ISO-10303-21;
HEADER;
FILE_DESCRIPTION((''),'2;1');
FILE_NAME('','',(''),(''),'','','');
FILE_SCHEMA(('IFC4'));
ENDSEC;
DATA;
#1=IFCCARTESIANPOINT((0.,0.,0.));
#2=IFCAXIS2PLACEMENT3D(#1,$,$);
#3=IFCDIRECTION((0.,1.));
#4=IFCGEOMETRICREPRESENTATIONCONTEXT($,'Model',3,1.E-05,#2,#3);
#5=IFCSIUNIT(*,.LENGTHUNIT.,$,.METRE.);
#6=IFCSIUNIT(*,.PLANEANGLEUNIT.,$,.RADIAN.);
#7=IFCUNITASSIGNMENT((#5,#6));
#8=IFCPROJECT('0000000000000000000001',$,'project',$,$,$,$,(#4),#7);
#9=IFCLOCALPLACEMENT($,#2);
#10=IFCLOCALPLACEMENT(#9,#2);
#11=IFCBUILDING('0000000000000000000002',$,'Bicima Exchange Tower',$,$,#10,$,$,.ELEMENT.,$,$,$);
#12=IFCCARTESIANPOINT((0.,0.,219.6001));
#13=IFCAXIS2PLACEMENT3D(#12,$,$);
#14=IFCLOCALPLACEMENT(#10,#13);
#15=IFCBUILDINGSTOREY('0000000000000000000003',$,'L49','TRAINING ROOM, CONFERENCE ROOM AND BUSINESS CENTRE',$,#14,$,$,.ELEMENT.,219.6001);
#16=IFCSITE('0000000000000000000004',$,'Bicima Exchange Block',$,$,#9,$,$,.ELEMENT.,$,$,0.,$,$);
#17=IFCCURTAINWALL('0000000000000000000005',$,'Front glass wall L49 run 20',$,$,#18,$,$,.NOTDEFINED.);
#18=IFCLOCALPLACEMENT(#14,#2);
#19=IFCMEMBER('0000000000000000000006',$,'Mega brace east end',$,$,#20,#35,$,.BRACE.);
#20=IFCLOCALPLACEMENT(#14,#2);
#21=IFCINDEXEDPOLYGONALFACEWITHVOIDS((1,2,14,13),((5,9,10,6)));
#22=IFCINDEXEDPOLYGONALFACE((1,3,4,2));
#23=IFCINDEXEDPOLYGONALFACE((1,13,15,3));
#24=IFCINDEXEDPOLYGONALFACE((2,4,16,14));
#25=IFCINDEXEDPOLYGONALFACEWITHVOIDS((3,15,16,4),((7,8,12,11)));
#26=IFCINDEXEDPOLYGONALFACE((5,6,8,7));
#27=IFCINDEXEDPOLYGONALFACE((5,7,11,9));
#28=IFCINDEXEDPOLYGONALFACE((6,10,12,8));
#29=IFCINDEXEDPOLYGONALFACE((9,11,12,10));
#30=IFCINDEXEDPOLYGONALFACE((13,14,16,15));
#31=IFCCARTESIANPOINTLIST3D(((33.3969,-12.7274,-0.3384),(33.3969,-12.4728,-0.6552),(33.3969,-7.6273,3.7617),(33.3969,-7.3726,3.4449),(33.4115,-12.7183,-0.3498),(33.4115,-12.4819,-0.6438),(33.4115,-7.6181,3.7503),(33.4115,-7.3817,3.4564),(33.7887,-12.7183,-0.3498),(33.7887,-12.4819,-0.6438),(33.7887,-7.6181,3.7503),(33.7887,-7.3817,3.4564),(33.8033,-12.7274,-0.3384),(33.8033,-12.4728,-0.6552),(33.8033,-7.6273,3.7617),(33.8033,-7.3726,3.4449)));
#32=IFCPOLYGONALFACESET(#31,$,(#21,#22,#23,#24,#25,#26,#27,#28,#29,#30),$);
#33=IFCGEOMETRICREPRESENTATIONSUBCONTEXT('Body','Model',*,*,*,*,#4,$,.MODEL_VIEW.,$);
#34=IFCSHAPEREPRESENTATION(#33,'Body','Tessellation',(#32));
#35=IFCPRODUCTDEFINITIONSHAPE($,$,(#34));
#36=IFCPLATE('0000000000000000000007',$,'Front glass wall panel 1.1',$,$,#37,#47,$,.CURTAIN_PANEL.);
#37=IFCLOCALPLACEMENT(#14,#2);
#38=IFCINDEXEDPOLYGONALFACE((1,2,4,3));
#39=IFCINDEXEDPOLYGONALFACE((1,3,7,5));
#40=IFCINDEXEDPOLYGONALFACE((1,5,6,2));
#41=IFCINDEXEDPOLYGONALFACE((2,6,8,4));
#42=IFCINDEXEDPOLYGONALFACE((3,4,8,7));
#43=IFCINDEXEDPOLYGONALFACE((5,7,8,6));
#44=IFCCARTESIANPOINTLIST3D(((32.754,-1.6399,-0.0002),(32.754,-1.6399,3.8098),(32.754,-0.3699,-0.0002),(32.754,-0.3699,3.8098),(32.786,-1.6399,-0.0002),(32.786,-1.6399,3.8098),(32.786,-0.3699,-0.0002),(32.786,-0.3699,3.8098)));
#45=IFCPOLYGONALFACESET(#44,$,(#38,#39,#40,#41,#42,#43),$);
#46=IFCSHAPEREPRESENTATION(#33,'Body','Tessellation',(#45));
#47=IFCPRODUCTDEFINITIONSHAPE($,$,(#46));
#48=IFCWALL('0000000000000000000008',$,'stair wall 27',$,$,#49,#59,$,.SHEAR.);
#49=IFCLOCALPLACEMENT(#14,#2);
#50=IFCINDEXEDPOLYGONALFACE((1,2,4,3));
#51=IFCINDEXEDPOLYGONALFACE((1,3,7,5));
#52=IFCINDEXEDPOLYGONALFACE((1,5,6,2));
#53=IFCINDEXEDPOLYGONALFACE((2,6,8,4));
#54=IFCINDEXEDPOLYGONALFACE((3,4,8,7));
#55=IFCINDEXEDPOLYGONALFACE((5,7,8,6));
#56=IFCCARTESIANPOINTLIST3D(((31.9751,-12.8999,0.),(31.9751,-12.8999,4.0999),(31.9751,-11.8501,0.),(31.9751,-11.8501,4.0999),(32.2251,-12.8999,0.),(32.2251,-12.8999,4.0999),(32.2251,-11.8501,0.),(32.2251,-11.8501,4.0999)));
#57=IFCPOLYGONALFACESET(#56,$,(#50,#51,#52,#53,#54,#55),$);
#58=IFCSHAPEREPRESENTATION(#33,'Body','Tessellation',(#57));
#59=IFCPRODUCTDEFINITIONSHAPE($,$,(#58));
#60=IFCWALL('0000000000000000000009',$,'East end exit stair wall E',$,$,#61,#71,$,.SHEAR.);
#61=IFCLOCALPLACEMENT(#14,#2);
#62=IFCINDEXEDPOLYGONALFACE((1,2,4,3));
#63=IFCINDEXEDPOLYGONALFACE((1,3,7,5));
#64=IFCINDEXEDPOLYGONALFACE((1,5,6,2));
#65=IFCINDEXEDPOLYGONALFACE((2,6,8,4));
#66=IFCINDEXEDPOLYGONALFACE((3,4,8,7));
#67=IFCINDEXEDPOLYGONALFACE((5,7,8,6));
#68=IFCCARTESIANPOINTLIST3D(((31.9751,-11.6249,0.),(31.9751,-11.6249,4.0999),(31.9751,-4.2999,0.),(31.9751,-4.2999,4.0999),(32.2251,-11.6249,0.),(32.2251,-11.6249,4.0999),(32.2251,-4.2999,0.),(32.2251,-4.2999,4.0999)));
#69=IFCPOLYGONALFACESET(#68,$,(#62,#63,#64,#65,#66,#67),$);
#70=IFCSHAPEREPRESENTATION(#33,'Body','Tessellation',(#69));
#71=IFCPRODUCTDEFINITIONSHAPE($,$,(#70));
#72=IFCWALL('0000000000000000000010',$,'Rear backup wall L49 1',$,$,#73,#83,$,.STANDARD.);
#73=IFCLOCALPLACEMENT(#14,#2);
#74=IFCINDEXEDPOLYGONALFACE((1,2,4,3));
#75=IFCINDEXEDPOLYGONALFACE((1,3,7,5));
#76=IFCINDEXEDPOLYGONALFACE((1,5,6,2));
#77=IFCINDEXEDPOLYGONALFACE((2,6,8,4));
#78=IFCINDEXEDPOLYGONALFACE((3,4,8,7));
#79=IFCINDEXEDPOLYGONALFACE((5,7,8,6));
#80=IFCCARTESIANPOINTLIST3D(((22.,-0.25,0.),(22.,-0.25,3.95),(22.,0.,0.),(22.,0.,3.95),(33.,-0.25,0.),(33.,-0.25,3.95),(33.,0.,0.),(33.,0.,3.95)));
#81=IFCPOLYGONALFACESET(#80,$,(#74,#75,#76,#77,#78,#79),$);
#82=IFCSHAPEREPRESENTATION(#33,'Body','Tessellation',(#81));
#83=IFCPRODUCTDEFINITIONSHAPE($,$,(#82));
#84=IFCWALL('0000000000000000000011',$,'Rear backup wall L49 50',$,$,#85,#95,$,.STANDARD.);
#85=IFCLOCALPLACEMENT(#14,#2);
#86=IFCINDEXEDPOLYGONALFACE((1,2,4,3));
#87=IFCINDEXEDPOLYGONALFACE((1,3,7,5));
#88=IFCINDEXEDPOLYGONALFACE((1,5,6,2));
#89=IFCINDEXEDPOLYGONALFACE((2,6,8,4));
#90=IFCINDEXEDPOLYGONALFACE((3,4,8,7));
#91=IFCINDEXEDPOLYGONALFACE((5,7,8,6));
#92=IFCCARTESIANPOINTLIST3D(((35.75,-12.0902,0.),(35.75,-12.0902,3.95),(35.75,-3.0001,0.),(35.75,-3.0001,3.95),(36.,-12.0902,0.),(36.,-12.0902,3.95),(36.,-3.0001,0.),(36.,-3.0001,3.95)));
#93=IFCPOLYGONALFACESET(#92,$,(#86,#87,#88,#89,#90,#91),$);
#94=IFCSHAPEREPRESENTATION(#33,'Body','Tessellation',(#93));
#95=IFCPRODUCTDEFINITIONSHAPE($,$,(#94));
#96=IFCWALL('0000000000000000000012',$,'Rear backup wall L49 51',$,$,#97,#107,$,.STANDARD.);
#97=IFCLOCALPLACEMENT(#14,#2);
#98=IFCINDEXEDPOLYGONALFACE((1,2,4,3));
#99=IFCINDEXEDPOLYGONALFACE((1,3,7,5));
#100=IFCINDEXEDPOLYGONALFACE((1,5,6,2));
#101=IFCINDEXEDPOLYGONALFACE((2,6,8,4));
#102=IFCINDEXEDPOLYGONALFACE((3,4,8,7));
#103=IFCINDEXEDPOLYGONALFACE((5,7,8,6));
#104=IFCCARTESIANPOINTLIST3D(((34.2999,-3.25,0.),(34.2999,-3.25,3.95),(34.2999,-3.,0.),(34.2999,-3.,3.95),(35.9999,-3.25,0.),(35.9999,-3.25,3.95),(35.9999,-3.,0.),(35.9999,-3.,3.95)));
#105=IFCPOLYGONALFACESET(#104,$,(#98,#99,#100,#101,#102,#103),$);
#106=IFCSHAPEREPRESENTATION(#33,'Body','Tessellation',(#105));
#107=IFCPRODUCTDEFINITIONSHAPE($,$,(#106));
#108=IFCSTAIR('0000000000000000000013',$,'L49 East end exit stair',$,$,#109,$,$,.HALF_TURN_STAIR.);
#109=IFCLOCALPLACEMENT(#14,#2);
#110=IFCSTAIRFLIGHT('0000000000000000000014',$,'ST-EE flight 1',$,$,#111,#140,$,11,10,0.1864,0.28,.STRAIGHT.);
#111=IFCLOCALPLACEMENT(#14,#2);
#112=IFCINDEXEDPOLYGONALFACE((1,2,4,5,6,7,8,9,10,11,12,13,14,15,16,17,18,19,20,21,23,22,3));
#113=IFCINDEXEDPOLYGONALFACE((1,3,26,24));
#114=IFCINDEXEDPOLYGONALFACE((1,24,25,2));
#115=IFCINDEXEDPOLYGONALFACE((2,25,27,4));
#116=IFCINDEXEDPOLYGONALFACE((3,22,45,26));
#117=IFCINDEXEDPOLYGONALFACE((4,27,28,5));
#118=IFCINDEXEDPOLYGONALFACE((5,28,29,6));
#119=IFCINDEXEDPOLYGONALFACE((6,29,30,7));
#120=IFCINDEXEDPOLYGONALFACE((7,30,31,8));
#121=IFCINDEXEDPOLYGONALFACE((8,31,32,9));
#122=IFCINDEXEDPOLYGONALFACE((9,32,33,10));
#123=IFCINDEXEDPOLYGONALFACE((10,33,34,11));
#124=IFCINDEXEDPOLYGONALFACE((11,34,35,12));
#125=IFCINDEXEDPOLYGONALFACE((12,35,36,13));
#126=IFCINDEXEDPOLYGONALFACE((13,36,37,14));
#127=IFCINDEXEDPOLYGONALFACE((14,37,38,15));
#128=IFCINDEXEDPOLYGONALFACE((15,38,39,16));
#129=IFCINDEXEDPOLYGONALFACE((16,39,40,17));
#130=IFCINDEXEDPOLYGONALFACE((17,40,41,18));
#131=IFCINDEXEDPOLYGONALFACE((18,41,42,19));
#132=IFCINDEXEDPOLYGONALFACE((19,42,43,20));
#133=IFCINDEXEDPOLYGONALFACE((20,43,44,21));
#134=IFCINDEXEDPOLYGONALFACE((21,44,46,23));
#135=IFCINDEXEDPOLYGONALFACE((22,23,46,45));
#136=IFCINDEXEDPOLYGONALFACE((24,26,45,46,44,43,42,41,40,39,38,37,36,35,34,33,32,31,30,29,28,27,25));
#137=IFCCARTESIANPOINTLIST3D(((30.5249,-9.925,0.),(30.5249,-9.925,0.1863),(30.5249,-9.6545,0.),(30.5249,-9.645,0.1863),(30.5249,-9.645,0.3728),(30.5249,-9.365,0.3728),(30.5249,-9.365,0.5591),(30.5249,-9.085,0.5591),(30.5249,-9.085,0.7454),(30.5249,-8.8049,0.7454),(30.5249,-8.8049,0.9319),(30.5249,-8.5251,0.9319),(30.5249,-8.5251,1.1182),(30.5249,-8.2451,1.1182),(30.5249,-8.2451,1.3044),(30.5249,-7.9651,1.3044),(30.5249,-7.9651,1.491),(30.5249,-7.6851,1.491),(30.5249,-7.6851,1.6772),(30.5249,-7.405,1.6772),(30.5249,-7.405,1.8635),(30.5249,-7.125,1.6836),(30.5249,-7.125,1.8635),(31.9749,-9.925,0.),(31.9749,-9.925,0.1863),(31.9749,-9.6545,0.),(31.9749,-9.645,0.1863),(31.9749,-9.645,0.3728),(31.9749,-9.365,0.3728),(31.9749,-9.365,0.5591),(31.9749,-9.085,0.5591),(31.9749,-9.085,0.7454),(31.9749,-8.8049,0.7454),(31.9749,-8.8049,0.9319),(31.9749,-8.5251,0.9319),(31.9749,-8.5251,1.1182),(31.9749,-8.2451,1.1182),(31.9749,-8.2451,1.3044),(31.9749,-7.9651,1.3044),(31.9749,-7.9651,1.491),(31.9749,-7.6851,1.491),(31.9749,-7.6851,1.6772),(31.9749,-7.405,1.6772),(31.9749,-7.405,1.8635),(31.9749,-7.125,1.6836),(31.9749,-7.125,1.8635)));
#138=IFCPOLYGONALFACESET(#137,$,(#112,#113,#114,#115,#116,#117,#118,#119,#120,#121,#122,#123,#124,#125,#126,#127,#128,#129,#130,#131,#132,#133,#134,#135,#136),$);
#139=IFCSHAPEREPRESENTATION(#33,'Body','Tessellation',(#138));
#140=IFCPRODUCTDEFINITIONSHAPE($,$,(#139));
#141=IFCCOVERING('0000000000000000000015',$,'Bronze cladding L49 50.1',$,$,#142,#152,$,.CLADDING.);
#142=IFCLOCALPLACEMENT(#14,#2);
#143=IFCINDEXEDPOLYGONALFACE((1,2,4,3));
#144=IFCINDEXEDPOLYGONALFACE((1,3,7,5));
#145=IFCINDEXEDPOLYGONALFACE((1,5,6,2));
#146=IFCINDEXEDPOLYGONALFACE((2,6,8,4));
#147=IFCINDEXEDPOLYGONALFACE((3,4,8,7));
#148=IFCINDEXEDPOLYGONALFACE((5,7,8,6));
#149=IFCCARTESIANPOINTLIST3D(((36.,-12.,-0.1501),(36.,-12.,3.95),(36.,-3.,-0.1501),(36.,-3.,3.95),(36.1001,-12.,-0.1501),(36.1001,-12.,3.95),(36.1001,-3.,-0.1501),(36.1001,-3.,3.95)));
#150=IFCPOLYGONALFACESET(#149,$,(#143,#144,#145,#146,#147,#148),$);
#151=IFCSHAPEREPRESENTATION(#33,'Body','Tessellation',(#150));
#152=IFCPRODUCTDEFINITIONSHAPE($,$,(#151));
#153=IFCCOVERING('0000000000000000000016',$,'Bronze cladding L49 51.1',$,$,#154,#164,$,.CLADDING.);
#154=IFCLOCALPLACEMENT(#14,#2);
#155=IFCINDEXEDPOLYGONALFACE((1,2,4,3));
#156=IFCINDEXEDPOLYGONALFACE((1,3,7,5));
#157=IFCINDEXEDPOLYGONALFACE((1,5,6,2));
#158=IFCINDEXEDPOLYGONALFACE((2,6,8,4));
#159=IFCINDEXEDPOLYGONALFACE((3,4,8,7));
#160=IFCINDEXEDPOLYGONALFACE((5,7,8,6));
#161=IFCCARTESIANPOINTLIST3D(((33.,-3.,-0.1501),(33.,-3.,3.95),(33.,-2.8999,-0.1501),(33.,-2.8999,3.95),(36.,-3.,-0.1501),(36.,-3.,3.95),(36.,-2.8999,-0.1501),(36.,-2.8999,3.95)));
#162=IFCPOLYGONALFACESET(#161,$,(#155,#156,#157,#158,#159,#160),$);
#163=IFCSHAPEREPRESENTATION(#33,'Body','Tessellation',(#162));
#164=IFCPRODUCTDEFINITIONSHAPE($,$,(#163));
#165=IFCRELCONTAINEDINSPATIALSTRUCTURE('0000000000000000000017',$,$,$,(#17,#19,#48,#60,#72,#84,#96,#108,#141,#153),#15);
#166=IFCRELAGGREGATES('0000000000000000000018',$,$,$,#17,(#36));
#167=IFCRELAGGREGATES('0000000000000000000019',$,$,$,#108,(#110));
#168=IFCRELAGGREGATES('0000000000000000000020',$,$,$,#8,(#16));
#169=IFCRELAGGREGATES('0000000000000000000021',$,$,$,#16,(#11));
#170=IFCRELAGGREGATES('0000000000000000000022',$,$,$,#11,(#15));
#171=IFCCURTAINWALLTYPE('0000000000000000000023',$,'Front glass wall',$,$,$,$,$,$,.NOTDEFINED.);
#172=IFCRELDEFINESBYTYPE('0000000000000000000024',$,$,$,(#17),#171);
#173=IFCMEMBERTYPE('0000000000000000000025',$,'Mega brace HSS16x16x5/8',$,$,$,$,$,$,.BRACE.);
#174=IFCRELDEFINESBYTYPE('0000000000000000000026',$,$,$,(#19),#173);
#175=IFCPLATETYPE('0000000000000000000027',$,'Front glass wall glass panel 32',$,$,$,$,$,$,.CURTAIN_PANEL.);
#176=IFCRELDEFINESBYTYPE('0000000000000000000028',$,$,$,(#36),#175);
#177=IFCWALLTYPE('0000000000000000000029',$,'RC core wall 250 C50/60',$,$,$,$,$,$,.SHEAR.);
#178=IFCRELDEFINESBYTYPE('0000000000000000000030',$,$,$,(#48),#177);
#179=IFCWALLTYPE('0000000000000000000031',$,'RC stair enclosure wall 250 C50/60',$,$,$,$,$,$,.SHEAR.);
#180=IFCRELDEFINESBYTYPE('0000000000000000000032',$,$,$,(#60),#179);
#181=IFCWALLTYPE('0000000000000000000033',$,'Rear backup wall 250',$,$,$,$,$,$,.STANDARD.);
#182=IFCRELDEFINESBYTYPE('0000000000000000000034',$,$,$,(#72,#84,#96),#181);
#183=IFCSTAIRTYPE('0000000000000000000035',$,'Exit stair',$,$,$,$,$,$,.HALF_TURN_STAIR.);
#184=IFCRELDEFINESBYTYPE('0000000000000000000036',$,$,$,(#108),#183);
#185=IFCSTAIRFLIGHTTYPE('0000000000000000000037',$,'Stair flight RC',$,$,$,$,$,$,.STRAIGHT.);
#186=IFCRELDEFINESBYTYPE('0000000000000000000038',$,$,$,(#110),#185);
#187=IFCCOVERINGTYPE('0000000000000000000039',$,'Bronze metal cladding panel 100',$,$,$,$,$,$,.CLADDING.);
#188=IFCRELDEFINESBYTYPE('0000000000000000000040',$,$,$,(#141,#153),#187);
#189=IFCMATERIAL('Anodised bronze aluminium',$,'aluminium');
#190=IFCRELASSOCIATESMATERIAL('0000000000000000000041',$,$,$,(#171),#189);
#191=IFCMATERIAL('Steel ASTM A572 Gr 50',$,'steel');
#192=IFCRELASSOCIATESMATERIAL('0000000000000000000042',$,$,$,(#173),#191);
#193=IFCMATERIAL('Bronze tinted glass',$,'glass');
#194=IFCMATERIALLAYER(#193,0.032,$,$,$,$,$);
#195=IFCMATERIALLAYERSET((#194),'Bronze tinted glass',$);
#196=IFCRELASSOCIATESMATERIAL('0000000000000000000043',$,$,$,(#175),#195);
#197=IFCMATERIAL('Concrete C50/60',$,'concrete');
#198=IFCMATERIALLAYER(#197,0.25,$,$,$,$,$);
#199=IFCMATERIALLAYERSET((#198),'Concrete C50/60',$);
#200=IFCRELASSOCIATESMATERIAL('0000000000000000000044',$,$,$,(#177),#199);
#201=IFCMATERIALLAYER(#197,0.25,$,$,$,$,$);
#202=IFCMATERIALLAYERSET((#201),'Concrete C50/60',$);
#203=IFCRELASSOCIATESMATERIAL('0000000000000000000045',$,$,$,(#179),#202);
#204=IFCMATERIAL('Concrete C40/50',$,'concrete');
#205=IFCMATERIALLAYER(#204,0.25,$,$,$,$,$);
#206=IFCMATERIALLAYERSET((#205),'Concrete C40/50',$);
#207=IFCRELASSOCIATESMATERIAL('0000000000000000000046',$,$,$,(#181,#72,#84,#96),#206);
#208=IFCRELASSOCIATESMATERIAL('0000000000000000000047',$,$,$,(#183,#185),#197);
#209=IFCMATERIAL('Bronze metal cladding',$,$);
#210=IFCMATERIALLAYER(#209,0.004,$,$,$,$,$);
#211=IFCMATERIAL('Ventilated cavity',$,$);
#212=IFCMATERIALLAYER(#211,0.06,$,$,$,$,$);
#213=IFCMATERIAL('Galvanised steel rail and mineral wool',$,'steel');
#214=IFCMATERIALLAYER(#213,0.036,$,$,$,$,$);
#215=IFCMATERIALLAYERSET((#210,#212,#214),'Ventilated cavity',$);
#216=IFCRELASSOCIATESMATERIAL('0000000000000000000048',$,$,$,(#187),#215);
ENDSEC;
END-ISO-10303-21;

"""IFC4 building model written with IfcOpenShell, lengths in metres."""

from ifc_helpers import new_model, si_unit, direction, frame, frame_2d, origin, origin_2d, place, context, subcontext, project, spatial, polyline, rectangle, hollow_rectangle, outline, extrude, material, layer, layer_set, layer_usage, material_profile, profile_set, type_object, element, aggregate, save


model = new_model("IFC4")

# Units and contexts
model_context = context("Model", 3, precision=1e-05, world=origin(), true_north=direction((0.0, 1.0)))
body_context = subcontext(model_context, "Body", "Model", "MODEL_VIEW")
ifc_project = project(units=[si_unit("LENGTHUNIT", "METRE"), si_unit("PLANEANGLEUNIT", "RADIAN")], contexts=[model_context])

# Site, building, storey
site_placement = place(None, origin())
site = spatial("IfcSite", under=ifc_project, at=site_placement, Name="Bicima Exchange Block", CompositionType="ELEMENT", RefElevation=0.0)
building_placement = place(site_placement, origin())
building = spatial("IfcBuilding", under=site, at=building_placement, Name="Bicima Exchange Tower", CompositionType="ELEMENT")
storey_placement = place(building_placement, frame((0.0, 0.0, 219.6001)))
storey = spatial("IfcBuildingStorey", under=building, at=storey_placement, Name="L49", Description="TRAINING ROOM, CONFERENCE ROOM AND BUSINESS CENTRE", CompositionType="ELEMENT", Elevation=219.6001)

# Shared definitions
ifc_material_1 = material(Name="Steel ASTM A572 Gr 50", Category="steel")

# Shared definitions
ifc_material_2 = material(Name="Anodised bronze aluminium", Category="aluminium")

# Curtain wall
curtain_wall_type_1 = type_object("IfcCurtainWallType", Name="Front glass wall", PredefinedType="NOTDEFINED", material=ifc_material_2)
curtain_wall_1_placement = place(storey_placement, origin())
curtain_wall_1 = element("IfcCurtainWall", 1, at=curtain_wall_1_placement, inside=storey, type_object=curtain_wall_type_1, Name="Front glass wall L49 run 20", PredefinedType="NOTDEFINED")

# Member
ifc_material_profile_1 = material_profile(ifc_material_1, hollow_rectangle(XDim=0.4065, YDim=0.4065, WallThickness=0.0146, at=origin_2d()))
ifc_profile_set_1 = profile_set([ifc_material_profile_1], Name="Steel ASTM A572 Gr 50")
member_type_1 = type_object("IfcMemberType", Name="Mega brace HSS16x16x5/8", PredefinedType="BRACE", material=ifc_profile_set_1)
for number, where, z_axis, x_axis, name in (
    (2, (33.6001, -12.6001, -0.4968), (0.0, 0.779374, 0.626559), (-1.0, 0.0, 0.0), "Mega brace east end"),
):
    element("IfcMember", number, at=place(storey_placement, frame(where, z_axis=z_axis, x_axis=x_axis)), inside=storey, type_object=member_type_1, Name=name, PredefinedType="BRACE", context=body_context, shape_type="SweptSolid", body=[
        extrude(hollow_rectangle(XDim=0.4065, YDim=0.4065, WallThickness=0.0146, at=origin_2d()), origin(), (0.0, 0.0, 1.0), 6.5439),
    ])

# Plate
ifc_material_3 = material(Name="Bronze tinted glass", Category="glass")
ifc_layer_1 = layer(ifc_material_3, 0.032)
ifc_layer_set_1 = layer_set([ifc_layer_1], Name="Bronze tinted glass")
plate_type = type_object("IfcPlateType", Name="Front glass wall glass panel 32", PredefinedType="CURTAIN_PANEL", material=ifc_layer_set_1)
plate_placement = place(storey_placement, frame((32.77, -1.0049, -0.0002), z_axis=(0.0, 0.0, 1.0), x_axis=(0.0, 1.0, 0.0)))
plate = element("IfcPlate", 3, at=plate_placement, type_object=plate_type, Name="Front glass wall panel 1.1", PredefinedType="CURTAIN_PANEL", context=body_context, shape_type="SweptSolid", body=[
    extrude(rectangle(XDim=1.27, YDim=0.032, at=origin_2d()), origin(), (0.0, 0.0, 1.0), 3.8101),
])
aggregate(curtain_wall_1, [plate])

# Walls
ifc_material_4 = material(Name="Concrete C50/60", Category="concrete")
ifc_layer_2 = layer(ifc_material_4, 0.25)
ifc_layer_set_2 = layer_set([ifc_layer_2], Name="Concrete C50/60")
wall_type_1 = type_object("IfcWallType", Name="RC core wall 250 C50/60", PredefinedType="SHEAR", material=ifc_layer_set_2)
wall_1_placement = place(storey_placement, frame((32.1001, -12.8999, 0.0), z_axis=(0.0, 0.0, 1.0), x_axis=(0.0, 1.0, 0.0)))
element("IfcWall", 4, at=wall_1_placement, inside=storey, type_object=wall_type_1, Name="stair wall 27", PredefinedType="SHEAR", context=body_context, shape_type="SweptSolid", body=[
    extrude(rectangle(XDim=1.0498, YDim=0.25, at=frame_2d((0.5249, 0.0))), origin(), (0.0, 0.0, 1.0), 4.0999),
])
ifc_layer_3 = layer(ifc_material_4, 0.25)
ifc_layer_set_3 = layer_set([ifc_layer_3], Name="Concrete C50/60")
wall_type_2 = type_object("IfcWallType", Name="RC stair enclosure wall 250 C50/60", PredefinedType="SHEAR", material=ifc_layer_set_3)
wall_2_placement = place(storey_placement, frame((32.1001, -11.625, 0.0), z_axis=(0.0, 0.0, 1.0), x_axis=(0.0, 1.0, 0.0)))
element("IfcWall", 5, at=wall_2_placement, inside=storey, type_object=wall_type_2, Name="East end exit stair wall E", PredefinedType="SHEAR", context=body_context, shape_type="SweptSolid", body=[
    extrude(rectangle(XDim=7.325, YDim=0.25, at=frame_2d((3.6626, 0.0))), origin(), (0.0, 0.0, 1.0), 4.0999),
])
ifc_material_5 = material(Name="Concrete C40/50", Category="concrete")
ifc_layer_4 = layer(ifc_material_5, 0.25)
ifc_layer_set_4 = layer_set([ifc_layer_4], Name="Concrete C40/50")
ifc_layer_usage = layer_usage(ifc_layer_set_4, "AXIS2", "POSITIVE", -0.125)
wall_type_3 = type_object("IfcWallType", Name="Rear backup wall 250", PredefinedType="STANDARD", material=ifc_layer_set_4)
wall_3_placement = place(storey_placement, frame((33.0, -0.125, 0.0), z_axis=(0.0, 0.0, 1.0), x_axis=(-1.0, 0.0, 0.0)))
element("IfcWall", 6, at=wall_3_placement, inside=storey, type_object=wall_type_3, material=ifc_layer_usage, Name="Rear backup wall L49 1", PredefinedType="STANDARD", context=body_context, shape_type="SweptSolid", body=[
    extrude(rectangle(XDim=11.0, YDim=0.25, at=frame_2d((5.5, 0.0))), origin(), (0.0, 0.0, 1.0), 3.95),
])
wall_4_placement = place(storey_placement, frame((35.875, -12.0901, 0.0), z_axis=(0.0, 0.0, 1.0), x_axis=(0.0, 1.0, 0.0)))
element("IfcWall", 7, at=wall_4_placement, inside=storey, type_object=wall_type_3, material=ifc_layer_usage, Name="Rear backup wall L49 50", PredefinedType="STANDARD", context=body_context, shape_type="SweptSolid", body=[
    extrude(rectangle(XDim=9.0901, YDim=0.25, at=frame_2d((4.5449, 0.0))), origin(), (0.0, 0.0, 1.0), 3.95),
])
wall_5_placement = place(storey_placement, frame((36.0, -3.125, 0.0), z_axis=(0.0, 0.0, 1.0), x_axis=(-1.0, 0.0, 0.0)))
element("IfcWall", 8, at=wall_5_placement, inside=storey, type_object=wall_type_3, material=ifc_layer_usage, Name="Rear backup wall L49 51", PredefinedType="STANDARD", context=body_context, shape_type="SweptSolid", body=[
    extrude(rectangle(XDim=1.7, YDim=0.25, at=frame_2d((0.8501, 0.0))), origin(), (0.0, 0.0, 1.0), 3.95),
])

# Stair, stair flight
stair_type = type_object("IfcStairType", Name="Exit stair", PredefinedType="HALF_TURN_STAIR", material=ifc_material_4)
stair_placement = place(storey_placement, origin())
stair = element("IfcStair", 9, at=stair_placement, inside=storey, type_object=stair_type, Name="L49 East end exit stair", PredefinedType="HALF_TURN_STAIR")
stair_flight_type = type_object("IfcStairFlightType", Name="Stair flight RC", PredefinedType="STRAIGHT", material=ifc_material_4)
stair_flight_placement = place(storey_placement, frame((31.25, -9.925, 0.0), z_axis=(0.0, 0.0, 1.0), x_axis=(0.0, 1.0, 0.0)))
stair_flight = element("IfcStairFlight", 10, at=stair_flight_placement, type_object=stair_flight_type, Name="ST-EE flight 1", NumberOfRisers=11, NumberOfTreads=10, PredefinedType="STRAIGHT", RiserHeight=0.1864, TreadLength=0.28, context=body_context, shape_type="SweptSolid", body=[
    extrude(outline(polyline([(0.0, 0.0), (0.0, 0.1863), (0.28, 0.1863), (0.28, 0.3728), (0.5601, 0.3728), (0.5601, 0.5591), (0.8401, 0.5591), (0.8401, 0.7454), (1.1201, 0.7454), (1.1201, 0.9319), (1.3999, 0.9319), (1.3999, 1.1182), (1.6799, 1.1182), (1.6799, 1.3044), (1.96, 1.3044), (1.96, 1.491), (2.24, 1.491), (2.24, 1.6772), (2.52, 1.6772), (2.52, 1.8635), (2.8, 1.8635), (2.8, 2.05), (2.8, 1.6836), (0.2705, 0.0), (0.0, 0.0)])), frame((0.0, 0.7251, 0.0), z_axis=(0.0, -1.0, 0.0), x_axis=(1.0, 0.0, 0.0)), (0.0, 0.0, 1.0), 1.45),
])
aggregate(stair, [stair_flight])

# Coverings
ifc_material_6 = material(Name="Bronze metal cladding")
ifc_layer_5 = layer(ifc_material_6, 0.004)
ifc_material_7 = material(Name="Ventilated cavity")
ifc_layer_6 = layer(ifc_material_7, 0.06)
ifc_material_8 = material(Name="Galvanised steel rail and mineral wool", Category="steel")
ifc_layer_7 = layer(ifc_material_8, 0.036)
ifc_layer_set_5 = layer_set([ifc_layer_5, ifc_layer_6, ifc_layer_7], Name="Ventilated cavity")
covering_type = type_object("IfcCoveringType", Name="Bronze metal cladding panel 100", PredefinedType="CLADDING", material=ifc_layer_set_5)
covering_1_placement = place(storey_placement, frame((36.05, -7.5, -0.1501), z_axis=(0.0, 0.0, 1.0), x_axis=(0.0, 1.0, 0.0)))
element("IfcCovering", 11, at=covering_1_placement, inside=storey, type_object=covering_type, Name="Bronze cladding L49 50.1", PredefinedType="CLADDING", context=body_context, shape_type="SweptSolid", body=[
    extrude(rectangle(XDim=9.0, YDim=0.1001, at=origin_2d()), origin(), (0.0, 0.0, 1.0), 4.1001),
])
covering_2_placement = place(storey_placement, frame((34.5, -2.95, -0.1501), z_axis=(0.0, 0.0, 1.0), x_axis=(-1.0, 0.0, 0.0)))
element("IfcCovering", 12, at=covering_2_placement, inside=storey, type_object=covering_type, Name="Bronze cladding L49 51.1", PredefinedType="CLADDING", context=body_context, shape_type="SweptSolid", body=[
    extrude(rectangle(XDim=3.0, YDim=0.1001, at=origin_2d()), origin(), (0.0, 0.0, 1.0), 4.1001),
])

save(model, "model.ifc")
